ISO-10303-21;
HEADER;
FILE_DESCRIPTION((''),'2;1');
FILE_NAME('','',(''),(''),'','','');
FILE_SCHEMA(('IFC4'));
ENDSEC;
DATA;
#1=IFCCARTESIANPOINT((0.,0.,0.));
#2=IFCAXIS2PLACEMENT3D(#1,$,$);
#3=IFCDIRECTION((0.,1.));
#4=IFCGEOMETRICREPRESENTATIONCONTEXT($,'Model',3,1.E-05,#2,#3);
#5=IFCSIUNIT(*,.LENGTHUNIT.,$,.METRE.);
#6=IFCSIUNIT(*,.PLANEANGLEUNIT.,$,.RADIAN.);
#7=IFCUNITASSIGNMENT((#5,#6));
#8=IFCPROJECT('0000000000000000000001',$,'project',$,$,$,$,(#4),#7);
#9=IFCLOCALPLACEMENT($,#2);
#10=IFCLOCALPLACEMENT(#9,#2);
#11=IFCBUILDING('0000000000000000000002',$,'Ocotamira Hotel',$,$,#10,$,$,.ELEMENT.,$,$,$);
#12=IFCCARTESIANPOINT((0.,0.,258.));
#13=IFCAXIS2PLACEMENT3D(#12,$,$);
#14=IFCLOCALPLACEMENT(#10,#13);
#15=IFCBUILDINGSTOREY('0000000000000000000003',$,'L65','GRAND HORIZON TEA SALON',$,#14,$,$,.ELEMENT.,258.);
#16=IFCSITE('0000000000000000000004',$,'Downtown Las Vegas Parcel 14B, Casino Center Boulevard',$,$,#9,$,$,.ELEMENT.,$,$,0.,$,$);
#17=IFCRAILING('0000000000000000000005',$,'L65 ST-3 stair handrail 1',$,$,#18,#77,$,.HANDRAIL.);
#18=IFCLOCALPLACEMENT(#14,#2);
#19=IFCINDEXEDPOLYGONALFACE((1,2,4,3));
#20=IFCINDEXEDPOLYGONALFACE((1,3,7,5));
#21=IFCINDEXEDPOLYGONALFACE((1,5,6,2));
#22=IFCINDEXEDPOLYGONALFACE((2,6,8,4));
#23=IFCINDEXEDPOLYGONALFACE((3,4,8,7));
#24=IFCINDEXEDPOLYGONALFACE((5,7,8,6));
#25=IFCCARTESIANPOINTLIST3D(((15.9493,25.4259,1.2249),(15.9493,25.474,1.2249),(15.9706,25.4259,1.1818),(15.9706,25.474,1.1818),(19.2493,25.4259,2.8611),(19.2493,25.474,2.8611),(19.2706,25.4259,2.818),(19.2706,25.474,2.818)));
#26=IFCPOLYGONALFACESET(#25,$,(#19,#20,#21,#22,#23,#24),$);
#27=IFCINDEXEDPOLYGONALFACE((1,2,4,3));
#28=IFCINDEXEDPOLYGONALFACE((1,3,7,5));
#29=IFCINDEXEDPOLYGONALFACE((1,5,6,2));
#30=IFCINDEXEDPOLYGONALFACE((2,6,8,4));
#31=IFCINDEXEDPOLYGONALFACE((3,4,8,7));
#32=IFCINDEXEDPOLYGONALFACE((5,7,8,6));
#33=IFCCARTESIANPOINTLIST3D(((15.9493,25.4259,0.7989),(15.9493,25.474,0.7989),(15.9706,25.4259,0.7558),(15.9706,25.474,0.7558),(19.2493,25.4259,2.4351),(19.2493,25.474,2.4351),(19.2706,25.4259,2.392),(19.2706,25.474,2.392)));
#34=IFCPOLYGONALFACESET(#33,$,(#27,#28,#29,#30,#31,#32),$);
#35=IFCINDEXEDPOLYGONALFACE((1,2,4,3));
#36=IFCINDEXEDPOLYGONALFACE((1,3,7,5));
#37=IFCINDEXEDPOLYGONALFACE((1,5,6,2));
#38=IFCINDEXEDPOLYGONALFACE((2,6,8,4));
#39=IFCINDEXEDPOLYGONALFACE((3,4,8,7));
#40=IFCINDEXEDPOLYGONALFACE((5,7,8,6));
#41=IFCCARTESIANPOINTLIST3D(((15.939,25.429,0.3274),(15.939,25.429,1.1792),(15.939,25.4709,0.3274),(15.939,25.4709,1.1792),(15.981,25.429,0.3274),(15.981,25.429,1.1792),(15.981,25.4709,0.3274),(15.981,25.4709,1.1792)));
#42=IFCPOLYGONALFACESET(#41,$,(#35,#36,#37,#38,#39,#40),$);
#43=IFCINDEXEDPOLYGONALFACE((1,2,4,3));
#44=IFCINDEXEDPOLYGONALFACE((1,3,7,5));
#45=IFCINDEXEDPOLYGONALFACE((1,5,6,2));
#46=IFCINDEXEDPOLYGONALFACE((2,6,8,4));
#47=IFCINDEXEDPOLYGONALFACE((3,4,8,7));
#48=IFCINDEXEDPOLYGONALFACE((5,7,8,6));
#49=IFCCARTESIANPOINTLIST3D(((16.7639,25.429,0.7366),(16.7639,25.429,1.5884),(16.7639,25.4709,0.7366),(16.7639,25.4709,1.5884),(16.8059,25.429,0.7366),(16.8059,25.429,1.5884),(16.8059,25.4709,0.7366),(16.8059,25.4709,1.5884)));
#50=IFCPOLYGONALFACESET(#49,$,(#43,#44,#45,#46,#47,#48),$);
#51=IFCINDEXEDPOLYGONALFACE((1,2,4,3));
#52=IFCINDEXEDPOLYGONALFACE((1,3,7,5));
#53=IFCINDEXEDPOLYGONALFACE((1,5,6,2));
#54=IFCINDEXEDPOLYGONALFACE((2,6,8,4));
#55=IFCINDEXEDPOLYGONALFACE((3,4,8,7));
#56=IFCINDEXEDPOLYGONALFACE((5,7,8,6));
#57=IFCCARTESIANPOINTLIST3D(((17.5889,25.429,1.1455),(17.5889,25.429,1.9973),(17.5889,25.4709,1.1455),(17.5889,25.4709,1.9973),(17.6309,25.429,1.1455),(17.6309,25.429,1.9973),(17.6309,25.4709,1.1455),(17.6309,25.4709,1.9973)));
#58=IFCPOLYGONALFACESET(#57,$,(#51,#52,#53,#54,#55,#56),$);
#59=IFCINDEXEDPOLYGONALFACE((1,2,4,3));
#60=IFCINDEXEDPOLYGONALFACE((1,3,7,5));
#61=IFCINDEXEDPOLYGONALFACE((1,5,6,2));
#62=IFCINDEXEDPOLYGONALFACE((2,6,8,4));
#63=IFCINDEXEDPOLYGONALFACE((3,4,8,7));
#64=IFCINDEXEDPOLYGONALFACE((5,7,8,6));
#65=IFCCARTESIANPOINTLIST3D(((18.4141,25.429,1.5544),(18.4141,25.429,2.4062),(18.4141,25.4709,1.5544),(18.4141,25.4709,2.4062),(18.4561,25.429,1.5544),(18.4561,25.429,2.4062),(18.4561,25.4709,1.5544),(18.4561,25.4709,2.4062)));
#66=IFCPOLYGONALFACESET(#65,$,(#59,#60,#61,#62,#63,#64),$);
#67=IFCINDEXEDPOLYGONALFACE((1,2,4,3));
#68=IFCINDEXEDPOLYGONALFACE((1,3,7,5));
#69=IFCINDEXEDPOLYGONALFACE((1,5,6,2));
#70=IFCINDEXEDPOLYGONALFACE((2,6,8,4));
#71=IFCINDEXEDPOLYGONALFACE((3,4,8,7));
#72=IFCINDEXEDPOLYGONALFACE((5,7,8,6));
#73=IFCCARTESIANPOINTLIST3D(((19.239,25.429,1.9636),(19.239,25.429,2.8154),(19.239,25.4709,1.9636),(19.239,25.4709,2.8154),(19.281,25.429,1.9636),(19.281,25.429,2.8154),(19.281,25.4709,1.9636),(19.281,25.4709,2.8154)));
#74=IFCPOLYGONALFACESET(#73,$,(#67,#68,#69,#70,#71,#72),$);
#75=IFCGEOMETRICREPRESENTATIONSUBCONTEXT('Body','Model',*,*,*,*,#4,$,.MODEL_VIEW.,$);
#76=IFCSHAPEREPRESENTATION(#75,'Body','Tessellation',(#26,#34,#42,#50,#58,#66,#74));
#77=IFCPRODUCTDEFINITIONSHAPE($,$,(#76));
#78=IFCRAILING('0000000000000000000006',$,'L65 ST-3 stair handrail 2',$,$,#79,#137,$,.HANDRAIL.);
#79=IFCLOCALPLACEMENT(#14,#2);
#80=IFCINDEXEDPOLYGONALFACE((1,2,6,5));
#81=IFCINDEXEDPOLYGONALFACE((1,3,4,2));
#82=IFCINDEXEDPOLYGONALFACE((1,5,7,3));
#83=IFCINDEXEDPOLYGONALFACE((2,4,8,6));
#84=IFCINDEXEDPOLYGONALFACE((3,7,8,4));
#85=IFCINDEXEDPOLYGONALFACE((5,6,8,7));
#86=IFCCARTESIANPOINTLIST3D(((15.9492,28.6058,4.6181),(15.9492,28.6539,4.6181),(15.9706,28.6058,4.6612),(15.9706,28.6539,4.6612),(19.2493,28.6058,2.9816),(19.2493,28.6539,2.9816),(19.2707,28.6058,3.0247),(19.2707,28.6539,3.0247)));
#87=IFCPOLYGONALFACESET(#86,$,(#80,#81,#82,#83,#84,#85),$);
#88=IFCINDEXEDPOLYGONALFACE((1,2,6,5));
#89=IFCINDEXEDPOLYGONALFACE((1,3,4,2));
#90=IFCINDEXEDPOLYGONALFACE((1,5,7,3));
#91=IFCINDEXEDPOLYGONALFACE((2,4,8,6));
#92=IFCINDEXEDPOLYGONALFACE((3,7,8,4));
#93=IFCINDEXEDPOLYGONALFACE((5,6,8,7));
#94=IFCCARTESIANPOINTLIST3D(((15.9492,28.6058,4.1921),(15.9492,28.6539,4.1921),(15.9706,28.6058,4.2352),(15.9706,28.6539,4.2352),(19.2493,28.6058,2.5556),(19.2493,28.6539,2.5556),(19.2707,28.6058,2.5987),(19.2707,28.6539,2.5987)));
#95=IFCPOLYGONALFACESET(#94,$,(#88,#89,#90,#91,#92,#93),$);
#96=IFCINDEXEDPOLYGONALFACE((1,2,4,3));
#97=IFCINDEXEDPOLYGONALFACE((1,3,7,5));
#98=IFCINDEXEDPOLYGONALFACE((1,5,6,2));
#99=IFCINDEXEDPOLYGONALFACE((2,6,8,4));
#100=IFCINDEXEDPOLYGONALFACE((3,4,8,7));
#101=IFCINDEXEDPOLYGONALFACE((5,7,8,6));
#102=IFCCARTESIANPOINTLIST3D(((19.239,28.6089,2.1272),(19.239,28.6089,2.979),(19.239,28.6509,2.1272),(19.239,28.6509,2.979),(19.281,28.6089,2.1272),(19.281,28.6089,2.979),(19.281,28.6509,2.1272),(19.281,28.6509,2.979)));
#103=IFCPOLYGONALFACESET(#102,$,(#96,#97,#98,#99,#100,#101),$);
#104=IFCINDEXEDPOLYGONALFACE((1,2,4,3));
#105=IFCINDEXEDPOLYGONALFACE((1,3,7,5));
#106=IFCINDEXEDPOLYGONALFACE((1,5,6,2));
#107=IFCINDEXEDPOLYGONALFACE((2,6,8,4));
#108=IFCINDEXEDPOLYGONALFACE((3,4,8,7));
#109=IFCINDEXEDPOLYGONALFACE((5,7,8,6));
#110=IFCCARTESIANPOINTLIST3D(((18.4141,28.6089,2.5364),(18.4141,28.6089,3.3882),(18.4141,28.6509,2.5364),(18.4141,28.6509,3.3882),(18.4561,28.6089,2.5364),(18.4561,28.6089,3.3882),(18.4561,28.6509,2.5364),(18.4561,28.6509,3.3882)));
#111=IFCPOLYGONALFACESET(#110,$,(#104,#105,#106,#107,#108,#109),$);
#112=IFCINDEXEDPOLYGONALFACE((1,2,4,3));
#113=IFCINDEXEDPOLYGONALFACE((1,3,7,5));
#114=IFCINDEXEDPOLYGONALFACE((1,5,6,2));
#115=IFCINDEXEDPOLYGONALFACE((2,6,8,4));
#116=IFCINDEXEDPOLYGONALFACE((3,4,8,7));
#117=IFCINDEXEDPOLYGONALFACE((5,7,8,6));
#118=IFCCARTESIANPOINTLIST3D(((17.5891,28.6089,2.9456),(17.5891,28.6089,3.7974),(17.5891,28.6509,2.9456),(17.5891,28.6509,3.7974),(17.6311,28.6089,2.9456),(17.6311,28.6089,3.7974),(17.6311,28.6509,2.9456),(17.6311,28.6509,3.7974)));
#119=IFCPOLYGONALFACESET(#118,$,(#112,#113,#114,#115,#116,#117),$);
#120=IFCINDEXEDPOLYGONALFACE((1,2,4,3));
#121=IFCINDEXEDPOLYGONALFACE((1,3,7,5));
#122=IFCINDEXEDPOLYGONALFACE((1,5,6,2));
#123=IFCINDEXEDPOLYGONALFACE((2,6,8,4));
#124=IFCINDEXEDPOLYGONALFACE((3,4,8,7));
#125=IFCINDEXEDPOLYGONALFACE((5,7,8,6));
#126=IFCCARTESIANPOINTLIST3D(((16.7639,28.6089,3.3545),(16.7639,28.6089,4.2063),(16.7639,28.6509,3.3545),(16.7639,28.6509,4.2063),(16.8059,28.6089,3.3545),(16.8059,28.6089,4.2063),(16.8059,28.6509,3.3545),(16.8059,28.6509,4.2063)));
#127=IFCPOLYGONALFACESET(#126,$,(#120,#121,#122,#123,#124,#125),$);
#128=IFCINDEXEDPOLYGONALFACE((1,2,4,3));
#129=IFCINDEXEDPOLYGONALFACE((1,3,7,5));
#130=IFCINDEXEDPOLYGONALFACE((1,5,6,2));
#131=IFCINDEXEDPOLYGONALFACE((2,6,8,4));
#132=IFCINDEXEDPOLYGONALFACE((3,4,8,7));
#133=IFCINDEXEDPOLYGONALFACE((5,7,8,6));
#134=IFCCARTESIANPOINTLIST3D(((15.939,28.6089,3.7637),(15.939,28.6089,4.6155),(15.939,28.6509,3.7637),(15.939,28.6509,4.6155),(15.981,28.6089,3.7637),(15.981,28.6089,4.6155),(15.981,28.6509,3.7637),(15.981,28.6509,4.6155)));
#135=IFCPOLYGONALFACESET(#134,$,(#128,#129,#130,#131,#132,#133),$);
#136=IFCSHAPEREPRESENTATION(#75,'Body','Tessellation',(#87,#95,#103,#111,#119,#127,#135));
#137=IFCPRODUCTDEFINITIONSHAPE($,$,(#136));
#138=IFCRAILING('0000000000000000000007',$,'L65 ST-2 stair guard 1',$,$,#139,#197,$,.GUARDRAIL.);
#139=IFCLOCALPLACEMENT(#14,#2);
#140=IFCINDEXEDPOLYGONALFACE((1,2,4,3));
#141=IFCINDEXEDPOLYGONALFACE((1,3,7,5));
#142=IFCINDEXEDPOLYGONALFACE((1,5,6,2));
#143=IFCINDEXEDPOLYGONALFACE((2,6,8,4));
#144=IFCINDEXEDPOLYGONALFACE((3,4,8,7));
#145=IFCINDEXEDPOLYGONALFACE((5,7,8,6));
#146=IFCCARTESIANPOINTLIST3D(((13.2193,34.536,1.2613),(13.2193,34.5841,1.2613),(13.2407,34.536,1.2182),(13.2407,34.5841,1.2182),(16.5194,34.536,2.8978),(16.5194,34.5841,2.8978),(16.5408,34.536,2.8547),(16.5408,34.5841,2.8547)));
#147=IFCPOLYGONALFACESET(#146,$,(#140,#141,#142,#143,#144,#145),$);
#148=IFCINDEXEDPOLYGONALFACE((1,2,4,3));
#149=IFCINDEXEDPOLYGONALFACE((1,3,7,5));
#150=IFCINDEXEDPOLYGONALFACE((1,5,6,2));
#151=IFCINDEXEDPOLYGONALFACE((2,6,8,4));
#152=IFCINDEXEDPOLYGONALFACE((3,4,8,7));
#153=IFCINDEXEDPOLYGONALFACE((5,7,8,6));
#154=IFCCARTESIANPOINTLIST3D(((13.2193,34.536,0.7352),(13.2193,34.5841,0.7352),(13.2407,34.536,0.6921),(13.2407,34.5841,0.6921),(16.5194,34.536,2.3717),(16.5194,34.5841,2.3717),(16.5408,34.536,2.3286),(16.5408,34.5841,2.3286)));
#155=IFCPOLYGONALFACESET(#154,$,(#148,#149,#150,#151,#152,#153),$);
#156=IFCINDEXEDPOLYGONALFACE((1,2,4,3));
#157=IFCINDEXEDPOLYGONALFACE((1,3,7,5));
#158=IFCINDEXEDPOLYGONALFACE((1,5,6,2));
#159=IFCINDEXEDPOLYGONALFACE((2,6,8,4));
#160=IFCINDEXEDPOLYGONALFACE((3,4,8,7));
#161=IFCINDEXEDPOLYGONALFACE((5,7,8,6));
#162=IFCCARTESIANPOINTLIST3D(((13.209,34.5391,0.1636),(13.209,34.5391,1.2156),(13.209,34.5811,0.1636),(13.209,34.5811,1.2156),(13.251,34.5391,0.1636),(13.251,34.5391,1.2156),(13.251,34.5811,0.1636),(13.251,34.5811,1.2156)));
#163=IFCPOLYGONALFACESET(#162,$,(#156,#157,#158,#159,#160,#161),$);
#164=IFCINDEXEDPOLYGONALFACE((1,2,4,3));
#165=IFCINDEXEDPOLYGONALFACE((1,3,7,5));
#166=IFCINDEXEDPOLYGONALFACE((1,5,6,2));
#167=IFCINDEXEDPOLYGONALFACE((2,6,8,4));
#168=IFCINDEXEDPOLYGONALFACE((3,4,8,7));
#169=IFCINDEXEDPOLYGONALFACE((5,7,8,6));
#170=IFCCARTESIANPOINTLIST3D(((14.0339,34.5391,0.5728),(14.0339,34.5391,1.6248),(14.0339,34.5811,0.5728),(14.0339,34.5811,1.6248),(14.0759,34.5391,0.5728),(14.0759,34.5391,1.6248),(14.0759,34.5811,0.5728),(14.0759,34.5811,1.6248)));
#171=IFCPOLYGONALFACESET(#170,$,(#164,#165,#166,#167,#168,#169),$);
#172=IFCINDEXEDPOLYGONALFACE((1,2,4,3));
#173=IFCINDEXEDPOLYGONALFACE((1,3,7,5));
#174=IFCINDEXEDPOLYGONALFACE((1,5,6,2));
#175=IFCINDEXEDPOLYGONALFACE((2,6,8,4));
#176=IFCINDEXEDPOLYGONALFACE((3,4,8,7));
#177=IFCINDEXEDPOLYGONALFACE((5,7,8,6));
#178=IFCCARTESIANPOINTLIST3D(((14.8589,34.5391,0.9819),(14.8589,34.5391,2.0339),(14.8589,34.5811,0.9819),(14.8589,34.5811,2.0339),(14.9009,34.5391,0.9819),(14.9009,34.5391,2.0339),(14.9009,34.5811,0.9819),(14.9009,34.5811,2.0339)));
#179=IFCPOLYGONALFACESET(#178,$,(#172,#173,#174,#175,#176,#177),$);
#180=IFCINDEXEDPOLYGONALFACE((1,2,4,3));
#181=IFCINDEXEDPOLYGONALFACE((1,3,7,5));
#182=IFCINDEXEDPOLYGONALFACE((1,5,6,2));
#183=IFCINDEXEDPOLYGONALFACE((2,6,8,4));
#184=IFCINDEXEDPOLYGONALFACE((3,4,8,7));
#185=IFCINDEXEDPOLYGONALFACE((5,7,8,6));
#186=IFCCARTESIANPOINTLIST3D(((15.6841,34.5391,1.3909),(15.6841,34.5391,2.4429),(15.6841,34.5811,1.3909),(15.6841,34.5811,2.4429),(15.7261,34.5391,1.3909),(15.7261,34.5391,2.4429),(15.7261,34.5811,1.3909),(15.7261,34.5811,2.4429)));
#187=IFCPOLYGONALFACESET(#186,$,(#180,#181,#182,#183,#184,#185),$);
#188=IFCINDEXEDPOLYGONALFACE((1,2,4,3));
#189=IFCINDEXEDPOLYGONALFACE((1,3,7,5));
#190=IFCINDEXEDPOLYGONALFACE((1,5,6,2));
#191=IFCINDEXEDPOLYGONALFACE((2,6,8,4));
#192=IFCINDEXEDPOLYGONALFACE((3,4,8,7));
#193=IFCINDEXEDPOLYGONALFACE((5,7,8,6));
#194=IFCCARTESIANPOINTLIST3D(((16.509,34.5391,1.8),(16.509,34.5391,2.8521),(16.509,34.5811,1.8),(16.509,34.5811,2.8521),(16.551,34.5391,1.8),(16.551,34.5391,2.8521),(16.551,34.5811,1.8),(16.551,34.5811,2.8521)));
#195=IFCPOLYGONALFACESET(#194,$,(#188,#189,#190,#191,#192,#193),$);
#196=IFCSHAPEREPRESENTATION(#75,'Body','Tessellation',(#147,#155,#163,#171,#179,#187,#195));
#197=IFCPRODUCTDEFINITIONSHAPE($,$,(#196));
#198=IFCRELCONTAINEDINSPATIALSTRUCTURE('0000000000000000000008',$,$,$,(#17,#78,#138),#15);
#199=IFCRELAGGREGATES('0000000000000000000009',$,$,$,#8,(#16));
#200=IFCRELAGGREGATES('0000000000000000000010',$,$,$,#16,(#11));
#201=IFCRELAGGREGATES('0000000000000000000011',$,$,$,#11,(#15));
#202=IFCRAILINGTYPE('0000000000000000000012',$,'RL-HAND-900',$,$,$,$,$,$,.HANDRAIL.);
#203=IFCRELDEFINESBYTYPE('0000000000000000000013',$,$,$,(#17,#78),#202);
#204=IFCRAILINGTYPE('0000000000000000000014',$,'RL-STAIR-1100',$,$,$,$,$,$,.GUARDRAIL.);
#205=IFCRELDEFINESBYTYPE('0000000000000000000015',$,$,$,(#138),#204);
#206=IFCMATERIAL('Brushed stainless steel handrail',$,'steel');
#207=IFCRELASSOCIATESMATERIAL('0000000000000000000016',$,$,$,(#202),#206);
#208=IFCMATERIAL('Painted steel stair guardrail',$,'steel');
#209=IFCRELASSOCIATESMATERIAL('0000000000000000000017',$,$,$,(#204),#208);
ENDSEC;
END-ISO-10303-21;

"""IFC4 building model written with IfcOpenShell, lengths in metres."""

from ifc_helpers import new_model, si_unit, direction, frame, origin, origin_2d, place, context, subcontext, project, spatial, rectangle, extrude, material, type_object, element, save


model = new_model("IFC4")

# Units and contexts
model_context = context("Model", 3, precision=1e-05, world=origin(), true_north=direction((0.0, 1.0)))
body_context = subcontext(model_context, "Body", "Model", "MODEL_VIEW")
ifc_project = project(units=[si_unit("LENGTHUNIT", "METRE"), si_unit("PLANEANGLEUNIT", "RADIAN")], contexts=[model_context])

# Site, building, storey
site_placement = place(None, origin())
site = spatial("IfcSite", under=ifc_project, at=site_placement, Name="Downtown Las Vegas Parcel 14B, Casino Center Boulevard", CompositionType="ELEMENT", RefElevation=0.0)
building_placement = place(site_placement, origin())
building = spatial("IfcBuilding", under=site, at=building_placement, Name="Ocotamira Hotel", CompositionType="ELEMENT")
storey_placement = place(building_placement, frame((0.0, 0.0, 258.0)))
storey = spatial("IfcBuildingStorey", under=building, at=storey_placement, Name="L65", Description="GRAND HORIZON TEA SALON", CompositionType="ELEMENT", Elevation=258.0)

# Railings
ifc_material_1 = material(Name="Brushed stainless steel handrail", Category="steel")
railing_type_1 = type_object("IfcRailingType", Name="RL-HAND-900", PredefinedType="HANDRAIL", material=ifc_material_1)
railing_1_placement = place(storey_placement, frame((15.96, 25.45, 0.3274)))
element("IfcRailing", 1, at=railing_1_placement, inside=storey, type_object=railing_type_1, Name="L65 ST-3 stair handrail 1", PredefinedType="HANDRAIL", context=body_context, shape_type="SweptSolid", body=[
    extrude(rectangle(XDim=0.0481, YDim=0.0481, at=origin_2d()), frame((0.0, 0.0, 0.876), z_axis=(0.89592, 0.0, 0.444215), x_axis=(0.0, 1.0, 0.0)), (0.0, 0.0, 1.0), 3.6833),
    extrude(rectangle(XDim=0.0481, YDim=0.0481, at=origin_2d()), frame((0.0, 0.0, 0.45), z_axis=(0.89592, 0.0, 0.444215), x_axis=(0.0, 1.0, 0.0)), (0.0, 0.0, 1.0), 3.6833),
    extrude(rectangle(XDim=0.042, YDim=0.042, at=origin_2d()), origin(), (0.0, 0.0, 1.0), 0.8518),
    extrude(rectangle(XDim=0.042, YDim=0.042, at=origin_2d()), frame((0.825, 0.0, 0.4092)), (0.0, 0.0, 1.0), 0.8518),
    extrude(rectangle(XDim=0.042, YDim=0.042, at=origin_2d()), frame((1.6499, 0.0, 0.8181)), (0.0, 0.0, 1.0), 0.8518),
    extrude(rectangle(XDim=0.042, YDim=0.042, at=origin_2d()), frame((2.4751, 0.0, 1.2271)), (0.0, 0.0, 1.0), 0.8518),
    extrude(rectangle(XDim=0.042, YDim=0.042, at=origin_2d()), frame((3.3, 0.0, 1.6362)), (0.0, 0.0, 1.0), 0.8518),
])
railing_2_placement = place(storey_placement, frame((19.26, 28.6299, 2.1272)))
element("IfcRailing", 2, at=railing_2_placement, inside=storey, type_object=railing_type_1, Name="L65 ST-3 stair handrail 2", PredefinedType="HANDRAIL", context=body_context, shape_type="SweptSolid", body=[
    extrude(rectangle(XDim=0.0481, YDim=0.0481, at=origin_2d()), frame((0.0, 0.0, 0.876), z_axis=(-0.895894, 0.0, 0.444268), x_axis=(0.0, -1.0, 0.0)), (0.0, 0.0, 1.0), 3.6836),
    extrude(rectangle(XDim=0.0481, YDim=0.0481, at=origin_2d()), frame((0.0, 0.0, 0.45), z_axis=(-0.895894, 0.0, 0.444268), x_axis=(0.0, -1.0, 0.0)), (0.0, 0.0, 1.0), 3.6836),
    extrude(rectangle(XDim=0.042, YDim=0.042, at=origin_2d()), origin(), (0.0, 0.0, 1.0), 0.8518),
    extrude(rectangle(XDim=0.042, YDim=0.042, at=origin_2d()), frame((-0.825, 0.0, 0.4092)), (0.0, 0.0, 1.0), 0.8518),
    extrude(rectangle(XDim=0.042, YDim=0.042, at=origin_2d()), frame((-1.6499, 0.0, 0.8184)), (0.0, 0.0, 1.0), 0.8518),
    extrude(rectangle(XDim=0.042, YDim=0.042, at=origin_2d()), frame((-2.4751, 0.0, 1.2273)), (0.0, 0.0, 1.0), 0.8518),
    extrude(rectangle(XDim=0.042, YDim=0.042, at=origin_2d()), frame((-3.3, 0.0, 1.6365)), (0.0, 0.0, 1.0), 0.8518),
])
ifc_material_2 = material(Name="Painted steel stair guardrail", Category="steel")
railing_type_2 = type_object("IfcRailingType", Name="RL-STAIR-1100", PredefinedType="GUARDRAIL", material=ifc_material_2)
for number, where, name in (
    (3, (13.23, 34.5601, 0.1636), "L65 ST-2 stair guard 1"),
):
    element("IfcRailing", number, at=place(storey_placement, frame(where)), inside=storey, type_object=railing_type_2, Name=name, PredefinedType="GUARDRAIL", context=body_context, shape_type="SweptSolid", body=[
        extrude(rectangle(XDim=0.0481, YDim=0.0481, at=origin_2d()), frame((0.0, 0.0, 1.0762), z_axis=(0.895894, 0.0, 0.444268), x_axis=(0.0, 1.0, 0.0)), (0.0, 0.0, 1.0), 3.6836),
        extrude(rectangle(XDim=0.0481, YDim=0.0481, at=origin_2d()), frame((0.0, 0.0, 0.55), z_axis=(0.895894, 0.0, 0.444268), x_axis=(0.0, 1.0, 0.0)), (0.0, 0.0, 1.0), 3.6836),
        extrude(rectangle(XDim=0.042, YDim=0.042, at=origin_2d()), origin(), (0.0, 0.0, 1.0), 1.052),
        extrude(rectangle(XDim=0.042, YDim=0.042, at=origin_2d()), frame((0.825, 0.0, 0.4092)), (0.0, 0.0, 1.0), 1.052),
        extrude(rectangle(XDim=0.042, YDim=0.042, at=origin_2d()), frame((1.6499, 0.0, 0.8184)), (0.0, 0.0, 1.0), 1.052),
        extrude(rectangle(XDim=0.042, YDim=0.042, at=origin_2d()), frame((2.4751, 0.0, 1.2273)), (0.0, 0.0, 1.0), 1.052),
        extrude(rectangle(XDim=0.042, YDim=0.042, at=origin_2d()), frame((3.3, 0.0, 1.6365)), (0.0, 0.0, 1.0), 1.052),
    ])

save(model, "model.ifc")
